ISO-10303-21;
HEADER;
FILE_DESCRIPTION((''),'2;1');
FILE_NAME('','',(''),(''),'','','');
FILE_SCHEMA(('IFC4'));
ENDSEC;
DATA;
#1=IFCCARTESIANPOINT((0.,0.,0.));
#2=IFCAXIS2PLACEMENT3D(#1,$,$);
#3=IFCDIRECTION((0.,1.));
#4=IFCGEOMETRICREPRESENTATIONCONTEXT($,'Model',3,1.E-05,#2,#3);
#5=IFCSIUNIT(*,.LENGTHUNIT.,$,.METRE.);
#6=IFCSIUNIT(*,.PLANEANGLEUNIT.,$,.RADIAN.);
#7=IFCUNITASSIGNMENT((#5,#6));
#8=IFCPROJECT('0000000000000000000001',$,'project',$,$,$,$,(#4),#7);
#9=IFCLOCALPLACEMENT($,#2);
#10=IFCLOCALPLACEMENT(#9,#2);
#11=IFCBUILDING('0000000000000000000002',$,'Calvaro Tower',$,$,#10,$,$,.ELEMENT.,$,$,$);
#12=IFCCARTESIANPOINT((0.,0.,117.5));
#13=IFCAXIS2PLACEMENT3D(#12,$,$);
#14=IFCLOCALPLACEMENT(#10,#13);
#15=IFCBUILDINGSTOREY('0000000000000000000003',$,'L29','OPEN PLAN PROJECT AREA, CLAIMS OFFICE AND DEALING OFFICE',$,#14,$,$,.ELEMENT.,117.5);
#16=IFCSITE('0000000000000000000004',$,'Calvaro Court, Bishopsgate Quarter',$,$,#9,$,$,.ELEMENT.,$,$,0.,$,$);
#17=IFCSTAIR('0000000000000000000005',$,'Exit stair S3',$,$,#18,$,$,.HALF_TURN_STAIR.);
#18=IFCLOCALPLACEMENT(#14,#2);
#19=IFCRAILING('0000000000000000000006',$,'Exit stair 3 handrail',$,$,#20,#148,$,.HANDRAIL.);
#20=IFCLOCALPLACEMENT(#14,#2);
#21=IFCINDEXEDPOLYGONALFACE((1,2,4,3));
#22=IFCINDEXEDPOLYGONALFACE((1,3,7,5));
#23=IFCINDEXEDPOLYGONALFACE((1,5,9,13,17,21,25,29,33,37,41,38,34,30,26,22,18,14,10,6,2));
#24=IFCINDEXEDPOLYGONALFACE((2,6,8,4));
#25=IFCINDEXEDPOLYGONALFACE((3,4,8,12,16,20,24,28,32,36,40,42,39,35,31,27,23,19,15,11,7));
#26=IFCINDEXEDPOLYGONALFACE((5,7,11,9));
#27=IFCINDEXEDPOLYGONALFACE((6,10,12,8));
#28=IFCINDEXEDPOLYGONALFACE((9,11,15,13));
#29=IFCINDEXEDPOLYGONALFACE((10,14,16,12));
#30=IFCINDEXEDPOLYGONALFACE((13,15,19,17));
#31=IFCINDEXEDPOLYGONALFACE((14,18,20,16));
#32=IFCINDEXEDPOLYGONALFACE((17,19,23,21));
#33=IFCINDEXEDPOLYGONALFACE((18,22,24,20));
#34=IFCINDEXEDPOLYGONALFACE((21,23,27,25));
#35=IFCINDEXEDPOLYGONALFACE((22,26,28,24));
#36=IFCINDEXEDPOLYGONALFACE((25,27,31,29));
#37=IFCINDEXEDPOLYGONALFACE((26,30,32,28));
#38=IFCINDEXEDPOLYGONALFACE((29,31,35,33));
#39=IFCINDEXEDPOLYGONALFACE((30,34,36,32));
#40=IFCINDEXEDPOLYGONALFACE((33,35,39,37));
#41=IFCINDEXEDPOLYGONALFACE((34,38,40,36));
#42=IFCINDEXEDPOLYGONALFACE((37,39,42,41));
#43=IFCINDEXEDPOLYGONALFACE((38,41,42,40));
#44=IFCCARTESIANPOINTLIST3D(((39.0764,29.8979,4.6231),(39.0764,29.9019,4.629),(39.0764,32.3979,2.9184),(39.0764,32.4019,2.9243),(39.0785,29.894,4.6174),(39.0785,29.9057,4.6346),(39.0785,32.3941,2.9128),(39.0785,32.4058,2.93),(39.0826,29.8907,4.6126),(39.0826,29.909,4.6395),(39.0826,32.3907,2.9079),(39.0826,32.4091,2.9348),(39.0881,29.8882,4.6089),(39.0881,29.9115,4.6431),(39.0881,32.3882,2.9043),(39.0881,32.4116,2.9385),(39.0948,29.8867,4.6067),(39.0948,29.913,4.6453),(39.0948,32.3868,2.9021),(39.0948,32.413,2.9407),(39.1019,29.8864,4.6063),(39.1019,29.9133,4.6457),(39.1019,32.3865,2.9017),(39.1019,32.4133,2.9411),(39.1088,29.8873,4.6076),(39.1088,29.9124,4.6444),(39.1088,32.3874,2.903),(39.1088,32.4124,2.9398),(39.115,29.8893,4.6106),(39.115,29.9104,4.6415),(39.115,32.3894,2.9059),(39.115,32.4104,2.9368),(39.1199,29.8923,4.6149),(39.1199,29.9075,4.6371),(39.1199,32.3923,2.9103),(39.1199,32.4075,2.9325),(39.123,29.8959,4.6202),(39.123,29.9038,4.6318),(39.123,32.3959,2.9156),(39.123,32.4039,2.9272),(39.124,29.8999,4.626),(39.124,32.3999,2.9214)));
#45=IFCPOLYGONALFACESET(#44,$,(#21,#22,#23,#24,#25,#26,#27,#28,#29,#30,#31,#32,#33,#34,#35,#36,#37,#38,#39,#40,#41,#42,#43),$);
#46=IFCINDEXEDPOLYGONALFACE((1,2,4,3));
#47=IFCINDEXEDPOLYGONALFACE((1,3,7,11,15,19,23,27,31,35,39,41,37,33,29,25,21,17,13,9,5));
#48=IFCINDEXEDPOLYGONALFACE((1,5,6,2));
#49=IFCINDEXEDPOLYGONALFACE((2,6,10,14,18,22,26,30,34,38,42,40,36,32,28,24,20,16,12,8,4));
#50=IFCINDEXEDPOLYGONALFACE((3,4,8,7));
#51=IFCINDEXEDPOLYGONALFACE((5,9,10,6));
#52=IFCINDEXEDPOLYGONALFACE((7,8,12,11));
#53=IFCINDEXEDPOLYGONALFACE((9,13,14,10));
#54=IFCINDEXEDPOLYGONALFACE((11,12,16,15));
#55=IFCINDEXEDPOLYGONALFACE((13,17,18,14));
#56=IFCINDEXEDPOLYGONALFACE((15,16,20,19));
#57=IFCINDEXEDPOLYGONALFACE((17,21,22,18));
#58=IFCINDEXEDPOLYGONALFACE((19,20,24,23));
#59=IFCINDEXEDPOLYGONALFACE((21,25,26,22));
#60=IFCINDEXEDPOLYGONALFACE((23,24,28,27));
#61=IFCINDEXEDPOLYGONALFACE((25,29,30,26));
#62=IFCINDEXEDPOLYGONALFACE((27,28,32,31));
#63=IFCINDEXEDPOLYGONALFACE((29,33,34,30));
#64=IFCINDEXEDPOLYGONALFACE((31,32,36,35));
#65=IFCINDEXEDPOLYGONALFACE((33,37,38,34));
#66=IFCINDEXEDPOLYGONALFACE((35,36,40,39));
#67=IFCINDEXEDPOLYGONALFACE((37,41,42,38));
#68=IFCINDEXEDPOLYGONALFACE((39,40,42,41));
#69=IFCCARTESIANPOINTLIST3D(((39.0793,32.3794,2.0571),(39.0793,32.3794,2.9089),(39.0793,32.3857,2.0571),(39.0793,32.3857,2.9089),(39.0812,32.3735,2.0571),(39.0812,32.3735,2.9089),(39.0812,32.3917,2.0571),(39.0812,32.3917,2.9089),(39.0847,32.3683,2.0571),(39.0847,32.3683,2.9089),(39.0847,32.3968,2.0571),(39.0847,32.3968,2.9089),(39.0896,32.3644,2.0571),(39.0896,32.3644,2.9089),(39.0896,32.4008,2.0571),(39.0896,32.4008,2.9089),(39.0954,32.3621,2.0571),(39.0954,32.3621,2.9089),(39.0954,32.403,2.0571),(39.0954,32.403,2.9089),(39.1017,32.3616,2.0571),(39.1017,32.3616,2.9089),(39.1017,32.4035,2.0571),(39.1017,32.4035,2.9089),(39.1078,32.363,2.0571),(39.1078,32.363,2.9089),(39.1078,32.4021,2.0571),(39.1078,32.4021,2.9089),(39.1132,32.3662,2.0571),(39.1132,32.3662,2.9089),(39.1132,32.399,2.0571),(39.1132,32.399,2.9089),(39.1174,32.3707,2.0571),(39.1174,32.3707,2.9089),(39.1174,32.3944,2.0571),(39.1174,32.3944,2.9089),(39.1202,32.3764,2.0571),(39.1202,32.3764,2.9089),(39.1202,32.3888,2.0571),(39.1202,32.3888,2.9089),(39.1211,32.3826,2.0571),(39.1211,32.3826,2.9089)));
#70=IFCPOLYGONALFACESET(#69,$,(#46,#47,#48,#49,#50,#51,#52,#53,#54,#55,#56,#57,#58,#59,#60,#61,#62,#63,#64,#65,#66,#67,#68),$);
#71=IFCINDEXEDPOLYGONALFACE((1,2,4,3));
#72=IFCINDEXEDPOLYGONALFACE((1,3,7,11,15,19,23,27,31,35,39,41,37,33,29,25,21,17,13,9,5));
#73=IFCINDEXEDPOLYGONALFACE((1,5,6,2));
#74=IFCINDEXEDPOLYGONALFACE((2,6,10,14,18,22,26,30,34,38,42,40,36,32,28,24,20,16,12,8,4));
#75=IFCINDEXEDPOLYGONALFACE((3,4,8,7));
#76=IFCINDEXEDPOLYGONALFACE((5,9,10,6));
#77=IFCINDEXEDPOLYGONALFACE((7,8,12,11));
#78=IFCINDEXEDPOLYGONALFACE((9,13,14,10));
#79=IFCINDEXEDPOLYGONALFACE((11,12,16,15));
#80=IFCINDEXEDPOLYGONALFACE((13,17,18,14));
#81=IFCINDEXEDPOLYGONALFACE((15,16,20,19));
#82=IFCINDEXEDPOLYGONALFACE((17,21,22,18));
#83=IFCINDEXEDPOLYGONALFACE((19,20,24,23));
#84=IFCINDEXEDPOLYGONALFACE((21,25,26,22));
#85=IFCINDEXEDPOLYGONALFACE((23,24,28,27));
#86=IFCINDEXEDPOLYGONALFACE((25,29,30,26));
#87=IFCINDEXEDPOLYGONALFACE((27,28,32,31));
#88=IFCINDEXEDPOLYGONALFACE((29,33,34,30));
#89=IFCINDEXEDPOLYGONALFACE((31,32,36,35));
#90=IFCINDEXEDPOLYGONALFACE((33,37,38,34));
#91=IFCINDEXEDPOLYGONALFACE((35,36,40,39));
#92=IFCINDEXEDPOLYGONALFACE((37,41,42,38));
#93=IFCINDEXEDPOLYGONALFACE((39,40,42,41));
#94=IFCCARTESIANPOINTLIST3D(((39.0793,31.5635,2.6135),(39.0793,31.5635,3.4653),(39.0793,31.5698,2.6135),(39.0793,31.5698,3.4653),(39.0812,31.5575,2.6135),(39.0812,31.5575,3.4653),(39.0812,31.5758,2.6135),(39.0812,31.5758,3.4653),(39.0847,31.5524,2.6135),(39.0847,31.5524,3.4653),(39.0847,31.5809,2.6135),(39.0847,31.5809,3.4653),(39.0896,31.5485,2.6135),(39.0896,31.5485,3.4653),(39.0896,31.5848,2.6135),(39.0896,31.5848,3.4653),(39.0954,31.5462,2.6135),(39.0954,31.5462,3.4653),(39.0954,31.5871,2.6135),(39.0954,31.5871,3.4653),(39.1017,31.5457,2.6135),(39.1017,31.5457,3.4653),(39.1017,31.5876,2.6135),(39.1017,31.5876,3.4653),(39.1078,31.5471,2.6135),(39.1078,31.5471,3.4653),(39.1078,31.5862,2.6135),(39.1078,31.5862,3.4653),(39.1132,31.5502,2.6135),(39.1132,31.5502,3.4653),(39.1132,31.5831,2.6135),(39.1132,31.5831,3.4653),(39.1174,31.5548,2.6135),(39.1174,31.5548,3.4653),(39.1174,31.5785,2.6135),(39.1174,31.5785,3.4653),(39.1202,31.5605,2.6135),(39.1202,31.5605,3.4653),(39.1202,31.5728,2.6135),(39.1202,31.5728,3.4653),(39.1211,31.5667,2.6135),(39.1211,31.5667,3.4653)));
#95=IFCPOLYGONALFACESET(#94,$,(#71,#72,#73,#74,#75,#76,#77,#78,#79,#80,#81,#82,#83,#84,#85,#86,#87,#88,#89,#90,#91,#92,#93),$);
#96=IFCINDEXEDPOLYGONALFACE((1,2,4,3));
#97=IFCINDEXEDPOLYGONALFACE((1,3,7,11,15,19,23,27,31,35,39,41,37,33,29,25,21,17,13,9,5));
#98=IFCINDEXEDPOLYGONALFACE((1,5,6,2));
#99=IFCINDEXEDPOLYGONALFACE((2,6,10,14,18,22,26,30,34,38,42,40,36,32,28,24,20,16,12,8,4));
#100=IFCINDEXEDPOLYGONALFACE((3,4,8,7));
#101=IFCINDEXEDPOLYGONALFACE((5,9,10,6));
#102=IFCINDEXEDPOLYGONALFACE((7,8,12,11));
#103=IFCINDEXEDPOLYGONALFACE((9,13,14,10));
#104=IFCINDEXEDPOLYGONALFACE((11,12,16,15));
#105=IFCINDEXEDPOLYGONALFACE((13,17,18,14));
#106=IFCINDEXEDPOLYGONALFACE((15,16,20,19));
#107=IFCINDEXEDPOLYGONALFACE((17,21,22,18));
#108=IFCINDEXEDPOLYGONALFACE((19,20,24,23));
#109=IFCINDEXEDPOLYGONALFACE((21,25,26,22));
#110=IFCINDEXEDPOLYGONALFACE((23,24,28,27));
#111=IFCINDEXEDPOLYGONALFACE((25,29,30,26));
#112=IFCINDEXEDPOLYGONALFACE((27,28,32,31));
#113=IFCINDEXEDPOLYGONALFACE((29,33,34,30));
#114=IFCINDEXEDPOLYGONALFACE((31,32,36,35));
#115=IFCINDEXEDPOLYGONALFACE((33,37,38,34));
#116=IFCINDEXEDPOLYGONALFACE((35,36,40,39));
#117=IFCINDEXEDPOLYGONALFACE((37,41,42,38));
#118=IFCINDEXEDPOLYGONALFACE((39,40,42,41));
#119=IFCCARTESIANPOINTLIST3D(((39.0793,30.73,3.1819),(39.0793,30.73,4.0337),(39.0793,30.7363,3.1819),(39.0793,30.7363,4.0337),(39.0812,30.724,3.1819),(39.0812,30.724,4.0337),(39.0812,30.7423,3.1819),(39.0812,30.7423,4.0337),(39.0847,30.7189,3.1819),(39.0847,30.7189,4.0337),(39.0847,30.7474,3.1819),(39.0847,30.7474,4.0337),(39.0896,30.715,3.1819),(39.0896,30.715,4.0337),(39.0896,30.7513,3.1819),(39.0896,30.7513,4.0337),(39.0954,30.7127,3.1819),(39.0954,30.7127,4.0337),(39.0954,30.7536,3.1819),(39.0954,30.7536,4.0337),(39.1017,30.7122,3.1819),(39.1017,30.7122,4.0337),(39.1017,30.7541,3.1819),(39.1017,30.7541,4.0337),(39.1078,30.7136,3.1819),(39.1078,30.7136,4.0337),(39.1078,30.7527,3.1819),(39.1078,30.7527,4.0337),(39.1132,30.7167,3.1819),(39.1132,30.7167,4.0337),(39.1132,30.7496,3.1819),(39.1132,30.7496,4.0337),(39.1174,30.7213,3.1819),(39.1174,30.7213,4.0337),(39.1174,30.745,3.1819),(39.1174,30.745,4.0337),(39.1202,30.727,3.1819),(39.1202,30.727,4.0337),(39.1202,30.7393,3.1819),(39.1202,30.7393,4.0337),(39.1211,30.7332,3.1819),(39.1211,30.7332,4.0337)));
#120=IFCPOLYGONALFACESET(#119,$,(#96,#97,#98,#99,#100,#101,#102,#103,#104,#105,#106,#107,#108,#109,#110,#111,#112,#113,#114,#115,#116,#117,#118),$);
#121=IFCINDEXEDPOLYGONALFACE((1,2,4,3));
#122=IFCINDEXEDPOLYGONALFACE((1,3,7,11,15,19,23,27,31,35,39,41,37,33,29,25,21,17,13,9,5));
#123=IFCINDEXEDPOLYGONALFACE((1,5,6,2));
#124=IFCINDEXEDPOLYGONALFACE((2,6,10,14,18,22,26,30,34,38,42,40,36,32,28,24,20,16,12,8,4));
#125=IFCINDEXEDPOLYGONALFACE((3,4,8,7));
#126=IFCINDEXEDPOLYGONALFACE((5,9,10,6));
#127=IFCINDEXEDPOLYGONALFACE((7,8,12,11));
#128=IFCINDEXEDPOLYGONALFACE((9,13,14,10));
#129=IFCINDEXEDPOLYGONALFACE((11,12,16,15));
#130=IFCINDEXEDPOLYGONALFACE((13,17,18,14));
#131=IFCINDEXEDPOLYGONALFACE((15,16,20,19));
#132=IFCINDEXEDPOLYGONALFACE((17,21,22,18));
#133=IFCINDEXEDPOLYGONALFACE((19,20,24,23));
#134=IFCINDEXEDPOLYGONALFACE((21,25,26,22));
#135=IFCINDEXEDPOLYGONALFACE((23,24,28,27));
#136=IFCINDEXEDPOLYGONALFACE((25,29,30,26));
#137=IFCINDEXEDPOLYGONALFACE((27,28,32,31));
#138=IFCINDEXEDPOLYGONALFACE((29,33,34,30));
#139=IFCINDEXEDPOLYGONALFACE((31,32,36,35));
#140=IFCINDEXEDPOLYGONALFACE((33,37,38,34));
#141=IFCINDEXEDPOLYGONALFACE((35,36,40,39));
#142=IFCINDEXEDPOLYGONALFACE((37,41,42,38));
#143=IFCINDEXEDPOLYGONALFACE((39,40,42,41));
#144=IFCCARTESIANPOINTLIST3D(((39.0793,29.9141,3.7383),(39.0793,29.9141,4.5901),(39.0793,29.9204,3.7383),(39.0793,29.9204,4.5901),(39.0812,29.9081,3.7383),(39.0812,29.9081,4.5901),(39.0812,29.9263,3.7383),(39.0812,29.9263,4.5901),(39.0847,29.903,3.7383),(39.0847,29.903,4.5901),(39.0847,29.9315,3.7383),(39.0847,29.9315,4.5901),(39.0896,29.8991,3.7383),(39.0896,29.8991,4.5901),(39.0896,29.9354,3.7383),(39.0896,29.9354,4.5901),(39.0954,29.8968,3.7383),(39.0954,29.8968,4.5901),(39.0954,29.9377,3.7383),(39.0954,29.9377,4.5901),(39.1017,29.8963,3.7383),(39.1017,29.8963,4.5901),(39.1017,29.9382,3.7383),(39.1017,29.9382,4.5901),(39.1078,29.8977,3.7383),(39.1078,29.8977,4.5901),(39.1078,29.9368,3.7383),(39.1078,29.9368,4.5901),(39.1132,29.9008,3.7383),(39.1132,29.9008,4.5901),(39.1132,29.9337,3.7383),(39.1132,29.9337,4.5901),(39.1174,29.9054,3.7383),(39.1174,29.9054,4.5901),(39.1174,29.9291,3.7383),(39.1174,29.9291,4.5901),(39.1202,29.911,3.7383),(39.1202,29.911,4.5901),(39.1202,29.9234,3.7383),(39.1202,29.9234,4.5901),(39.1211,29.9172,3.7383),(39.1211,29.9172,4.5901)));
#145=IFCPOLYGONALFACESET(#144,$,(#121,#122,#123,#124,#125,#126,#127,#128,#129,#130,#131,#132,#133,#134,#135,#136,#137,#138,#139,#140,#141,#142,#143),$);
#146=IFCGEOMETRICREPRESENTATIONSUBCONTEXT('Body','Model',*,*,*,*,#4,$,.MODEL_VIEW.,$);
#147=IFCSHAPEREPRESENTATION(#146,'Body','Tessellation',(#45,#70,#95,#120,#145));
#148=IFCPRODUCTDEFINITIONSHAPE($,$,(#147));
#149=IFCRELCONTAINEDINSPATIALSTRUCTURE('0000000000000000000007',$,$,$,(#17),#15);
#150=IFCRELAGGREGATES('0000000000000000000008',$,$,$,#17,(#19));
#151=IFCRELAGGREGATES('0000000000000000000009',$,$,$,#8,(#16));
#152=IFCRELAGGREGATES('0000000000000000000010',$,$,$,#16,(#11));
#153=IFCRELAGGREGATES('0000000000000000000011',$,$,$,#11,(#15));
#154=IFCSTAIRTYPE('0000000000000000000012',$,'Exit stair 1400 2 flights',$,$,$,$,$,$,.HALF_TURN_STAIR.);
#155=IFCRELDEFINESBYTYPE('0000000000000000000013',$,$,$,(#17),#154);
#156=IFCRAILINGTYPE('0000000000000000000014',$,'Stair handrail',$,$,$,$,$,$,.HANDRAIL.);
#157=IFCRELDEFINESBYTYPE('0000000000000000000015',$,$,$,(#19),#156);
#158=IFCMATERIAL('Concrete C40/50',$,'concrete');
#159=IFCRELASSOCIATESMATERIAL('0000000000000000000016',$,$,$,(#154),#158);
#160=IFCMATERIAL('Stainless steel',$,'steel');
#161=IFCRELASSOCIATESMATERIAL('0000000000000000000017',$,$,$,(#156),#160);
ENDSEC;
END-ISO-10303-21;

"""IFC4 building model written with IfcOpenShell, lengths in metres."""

from ifc_helpers import new_model, si_unit, direction, frame, origin, origin_2d, place, context, subcontext, project, spatial, circle, extrude, material, type_object, element, aggregate, save


model = new_model("IFC4")

# Units and contexts
model_context = context("Model", 3, precision=1e-05, world=origin(), true_north=direction((0.0, 1.0)))
body_context = subcontext(model_context, "Body", "Model", "MODEL_VIEW")
ifc_project = project(units=[si_unit("LENGTHUNIT", "METRE"), si_unit("PLANEANGLEUNIT", "RADIAN")], contexts=[model_context])

# Site, building, storey
site_placement = place(None, origin())
site = spatial("IfcSite", under=ifc_project, at=site_placement, Name="Calvaro Court, Bishopsgate Quarter", CompositionType="ELEMENT", RefElevation=0.0)
building_placement = place(site_placement, origin())
building = spatial("IfcBuilding", under=site, at=building_placement, Name="Calvaro Tower", CompositionType="ELEMENT")
storey_placement = place(building_placement, frame((0.0, 0.0, 117.5)))
storey = spatial("IfcBuildingStorey", under=building, at=storey_placement, Name="L29", Description="OPEN PLAN PROJECT AREA, CLAIMS OFFICE AND DEALING OFFICE", CompositionType="ELEMENT", Elevation=117.5)

# Stair
ifc_material_1 = material(Name="Concrete C40/50", Category="concrete")
stair_type = type_object("IfcStairType", Name="Exit stair 1400 2 flights", PredefinedType="HALF_TURN_STAIR", material=ifc_material_1)
stair_1_placement = place(storey_placement, origin())
stair_1 = element("IfcStair", 1, at=stair_1_placement, inside=storey, type_object=stair_type, Name="Exit stair S3", PredefinedType="HALF_TURN_STAIR")

# Railing
ifc_material_2 = material(Name="Stainless steel", Category="steel")
railing_type = type_object("IfcRailingType", Name="Stair handrail", PredefinedType="HANDRAIL", material=ifc_material_2)
railing_1_placement = place(storey_placement, frame((39.1001, 32.3999, 2.0454)))
railing_1 = element("IfcRailing", 2, at=railing_1_placement, type_object=railing_type, Name="Exit stair 3 handrail", PredefinedType="HANDRAIL", context=body_context, shape_type="SweptSolid", body=[
    extrude(circle(Radius=0.0239, at=origin_2d()), frame((0.0, 0.0, 0.876), z_axis=(0.0, -0.826221, 0.563347), x_axis=(1.0, 0.0, 0.0)), (0.0, 0.0, 1.0), 3.0259),
    extrude(circle(Radius=0.021, at=origin_2d()), frame((0.0, -0.0173, 0.0117)), (0.0, 0.0, 1.0), 0.8518),
    extrude(circle(Radius=0.021, at=origin_2d()), frame((0.0, -0.8333, 0.5681)), (0.0, 0.0, 1.0), 0.8518),
    extrude(circle(Radius=0.021, at=origin_2d()), frame((0.0, -1.6667, 1.1365)), (0.0, 0.0, 1.0), 0.8518),
    extrude(circle(Radius=0.021, at=origin_2d()), frame((0.0, -2.4827, 1.6929)), (0.0, 0.0, 1.0), 0.8518),
])
aggregate(stair_1, [railing_1])

save(model, "model.ifc")
